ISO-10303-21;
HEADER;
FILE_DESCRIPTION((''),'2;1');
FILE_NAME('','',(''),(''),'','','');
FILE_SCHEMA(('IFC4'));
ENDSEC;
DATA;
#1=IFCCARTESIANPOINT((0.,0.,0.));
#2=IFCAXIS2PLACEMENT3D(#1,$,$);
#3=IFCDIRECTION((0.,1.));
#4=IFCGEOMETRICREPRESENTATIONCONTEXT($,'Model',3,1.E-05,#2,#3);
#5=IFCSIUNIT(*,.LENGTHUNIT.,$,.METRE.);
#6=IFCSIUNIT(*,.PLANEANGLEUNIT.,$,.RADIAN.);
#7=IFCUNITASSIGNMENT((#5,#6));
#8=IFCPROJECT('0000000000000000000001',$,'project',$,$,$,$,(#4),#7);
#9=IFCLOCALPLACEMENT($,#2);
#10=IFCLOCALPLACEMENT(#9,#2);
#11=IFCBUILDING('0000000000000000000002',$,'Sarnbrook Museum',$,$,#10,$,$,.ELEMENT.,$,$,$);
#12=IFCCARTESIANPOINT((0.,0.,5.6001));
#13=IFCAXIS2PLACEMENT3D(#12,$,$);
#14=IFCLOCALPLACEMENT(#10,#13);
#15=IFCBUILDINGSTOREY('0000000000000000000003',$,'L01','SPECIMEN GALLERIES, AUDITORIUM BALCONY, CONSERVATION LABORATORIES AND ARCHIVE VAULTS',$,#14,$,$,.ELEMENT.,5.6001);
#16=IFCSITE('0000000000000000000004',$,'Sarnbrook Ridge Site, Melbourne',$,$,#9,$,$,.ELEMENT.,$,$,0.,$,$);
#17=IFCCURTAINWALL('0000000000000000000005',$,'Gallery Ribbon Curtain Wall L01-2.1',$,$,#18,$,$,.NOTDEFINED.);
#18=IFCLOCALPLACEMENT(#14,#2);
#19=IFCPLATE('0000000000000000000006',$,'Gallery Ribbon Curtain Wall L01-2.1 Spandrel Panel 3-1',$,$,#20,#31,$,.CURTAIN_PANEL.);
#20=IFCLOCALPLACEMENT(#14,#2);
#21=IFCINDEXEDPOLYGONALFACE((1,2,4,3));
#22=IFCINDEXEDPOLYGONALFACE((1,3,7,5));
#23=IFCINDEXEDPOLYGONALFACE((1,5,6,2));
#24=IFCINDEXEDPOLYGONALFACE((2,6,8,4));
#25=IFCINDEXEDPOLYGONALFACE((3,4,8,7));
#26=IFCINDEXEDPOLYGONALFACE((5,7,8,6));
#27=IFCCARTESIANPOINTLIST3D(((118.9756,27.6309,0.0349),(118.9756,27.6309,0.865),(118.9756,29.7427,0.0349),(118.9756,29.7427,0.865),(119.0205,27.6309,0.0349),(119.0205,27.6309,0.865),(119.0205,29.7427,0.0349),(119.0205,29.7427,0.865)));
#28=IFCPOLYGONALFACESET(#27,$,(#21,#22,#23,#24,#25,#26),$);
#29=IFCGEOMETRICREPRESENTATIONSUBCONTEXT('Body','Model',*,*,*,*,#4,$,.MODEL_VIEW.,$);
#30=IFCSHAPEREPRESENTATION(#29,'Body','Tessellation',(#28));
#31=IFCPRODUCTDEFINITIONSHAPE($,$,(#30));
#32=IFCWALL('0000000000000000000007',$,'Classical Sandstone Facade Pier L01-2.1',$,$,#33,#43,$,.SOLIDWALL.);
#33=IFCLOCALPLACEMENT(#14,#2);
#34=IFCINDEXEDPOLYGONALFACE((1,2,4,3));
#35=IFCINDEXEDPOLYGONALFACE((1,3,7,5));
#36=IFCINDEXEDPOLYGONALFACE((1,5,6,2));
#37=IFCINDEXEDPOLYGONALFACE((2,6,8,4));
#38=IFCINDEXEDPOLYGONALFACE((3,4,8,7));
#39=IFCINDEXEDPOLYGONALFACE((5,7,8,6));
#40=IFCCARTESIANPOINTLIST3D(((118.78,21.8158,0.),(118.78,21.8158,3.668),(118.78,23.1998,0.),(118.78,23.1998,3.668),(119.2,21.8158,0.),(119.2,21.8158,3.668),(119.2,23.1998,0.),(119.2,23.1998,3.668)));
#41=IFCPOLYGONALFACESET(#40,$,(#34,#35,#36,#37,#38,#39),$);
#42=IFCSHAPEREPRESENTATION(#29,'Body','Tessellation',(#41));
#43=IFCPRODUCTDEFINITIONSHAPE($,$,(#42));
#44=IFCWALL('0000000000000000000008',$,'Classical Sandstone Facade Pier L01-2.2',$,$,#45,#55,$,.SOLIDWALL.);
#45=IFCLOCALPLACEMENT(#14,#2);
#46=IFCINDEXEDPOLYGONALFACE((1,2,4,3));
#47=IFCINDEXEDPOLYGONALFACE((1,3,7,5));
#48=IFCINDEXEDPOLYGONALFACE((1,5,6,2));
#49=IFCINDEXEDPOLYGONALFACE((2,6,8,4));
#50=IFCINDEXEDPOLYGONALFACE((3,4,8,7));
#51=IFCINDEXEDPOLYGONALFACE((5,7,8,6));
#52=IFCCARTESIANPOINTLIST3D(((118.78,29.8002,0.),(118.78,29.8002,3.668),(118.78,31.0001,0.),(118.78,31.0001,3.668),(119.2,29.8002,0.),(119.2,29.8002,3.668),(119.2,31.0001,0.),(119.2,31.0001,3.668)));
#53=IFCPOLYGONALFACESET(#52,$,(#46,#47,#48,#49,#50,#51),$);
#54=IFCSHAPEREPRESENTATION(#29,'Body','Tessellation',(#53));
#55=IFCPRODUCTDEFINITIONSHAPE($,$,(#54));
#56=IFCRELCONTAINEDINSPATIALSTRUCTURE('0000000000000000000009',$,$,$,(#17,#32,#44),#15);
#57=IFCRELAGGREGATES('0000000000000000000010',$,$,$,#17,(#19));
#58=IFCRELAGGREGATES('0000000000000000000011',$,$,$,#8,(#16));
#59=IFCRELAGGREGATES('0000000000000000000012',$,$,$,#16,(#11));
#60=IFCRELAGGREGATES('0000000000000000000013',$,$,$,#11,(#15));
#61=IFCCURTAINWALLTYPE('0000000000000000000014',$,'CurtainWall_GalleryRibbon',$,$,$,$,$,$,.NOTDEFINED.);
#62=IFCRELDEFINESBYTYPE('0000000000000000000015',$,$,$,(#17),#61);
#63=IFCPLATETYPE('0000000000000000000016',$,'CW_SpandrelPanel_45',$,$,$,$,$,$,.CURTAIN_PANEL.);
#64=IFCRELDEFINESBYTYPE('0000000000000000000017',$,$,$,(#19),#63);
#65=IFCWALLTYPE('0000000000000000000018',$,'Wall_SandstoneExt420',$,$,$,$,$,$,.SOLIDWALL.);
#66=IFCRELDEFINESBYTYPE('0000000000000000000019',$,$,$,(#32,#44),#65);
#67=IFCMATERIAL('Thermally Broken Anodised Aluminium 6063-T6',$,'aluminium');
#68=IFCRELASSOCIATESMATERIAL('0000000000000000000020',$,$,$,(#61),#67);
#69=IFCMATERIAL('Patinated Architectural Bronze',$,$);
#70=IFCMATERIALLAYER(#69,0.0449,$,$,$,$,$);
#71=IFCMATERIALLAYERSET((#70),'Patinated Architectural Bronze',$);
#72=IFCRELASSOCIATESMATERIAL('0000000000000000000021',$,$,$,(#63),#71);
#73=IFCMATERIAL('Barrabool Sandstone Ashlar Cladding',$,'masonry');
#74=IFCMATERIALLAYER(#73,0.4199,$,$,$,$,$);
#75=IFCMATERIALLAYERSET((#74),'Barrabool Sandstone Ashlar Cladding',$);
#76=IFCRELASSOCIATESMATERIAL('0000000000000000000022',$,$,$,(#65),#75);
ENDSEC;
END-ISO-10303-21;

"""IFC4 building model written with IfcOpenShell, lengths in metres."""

from ifc_helpers import new_model, si_unit, direction, frame, frame_2d, origin, origin_2d, place, context, subcontext, project, spatial, rectangle, extrude, material, layer, layer_set, type_object, element, aggregate, save


model = new_model("IFC4")

# Units and contexts
model_context = context("Model", 3, precision=1e-05, world=origin(), true_north=direction((0.0, 1.0)))
body_context = subcontext(model_context, "Body", "Model", "MODEL_VIEW")
ifc_project = project(units=[si_unit("LENGTHUNIT", "METRE"), si_unit("PLANEANGLEUNIT", "RADIAN")], contexts=[model_context])

# Site, building, storey
site_placement = place(None, origin())
site = spatial("IfcSite", under=ifc_project, at=site_placement, Name="Sarnbrook Ridge Site, Melbourne", CompositionType="ELEMENT", RefElevation=0.0)
building_placement = place(site_placement, origin())
building = spatial("IfcBuilding", under=site, at=building_placement, Name="Sarnbrook Museum", CompositionType="ELEMENT")
storey_placement = place(building_placement, frame((0.0, 0.0, 5.6001)))
storey = spatial("IfcBuildingStorey", under=building, at=storey_placement, Name="L01", Description="SPECIMEN GALLERIES, AUDITORIUM BALCONY, CONSERVATION LABORATORIES AND ARCHIVE VAULTS", CompositionType="ELEMENT", Elevation=5.6001)

# Curtain wall
ifc_material_1 = material(Name="Thermally Broken Anodised Aluminium 6063-T6", Category="aluminium")
curtain_wall_type = type_object("IfcCurtainWallType", Name="CurtainWall_GalleryRibbon", PredefinedType="NOTDEFINED", material=ifc_material_1)
curtain_wall_placement = place(storey_placement, origin())
curtain_wall = element("IfcCurtainWall", 1, at=curtain_wall_placement, inside=storey, type_object=curtain_wall_type, Name="Gallery Ribbon Curtain Wall L01-2.1", PredefinedType="NOTDEFINED")

# Plate
ifc_material_2 = material(Name="Patinated Architectural Bronze")
ifc_layer_1 = layer(ifc_material_2, 0.0449)
ifc_layer_set_1 = layer_set([ifc_layer_1], Name="Patinated Architectural Bronze")
plate_type_1 = type_object("IfcPlateType", Name="CW_SpandrelPanel_45", PredefinedType="CURTAIN_PANEL", material=ifc_layer_set_1)
plate_1_placement = place(storey_placement, frame((118.9756, 28.6868, 0.45), z_axis=(1.0, 0.0, 0.0), x_axis=(0.0, 1.0, 0.0)))
plate_1 = element("IfcPlate", 2, at=plate_1_placement, type_object=plate_type_1, Name="Gallery Ribbon Curtain Wall L01-2.1 Spandrel Panel 3-1", PredefinedType="CURTAIN_PANEL", context=body_context, shape_type="SweptSolid", body=[
    extrude(rectangle(XDim=2.1118, YDim=0.8301, at=origin_2d()), origin(), (0.0, 0.0, 1.0), 0.0449),
])
aggregate(curtain_wall, [plate_1])

# Walls
ifc_material_3 = material(Name="Barrabool Sandstone Ashlar Cladding", Category="masonry")
ifc_layer_2 = layer(ifc_material_3, 0.4199)
ifc_layer_set_2 = layer_set([ifc_layer_2], Name="Barrabool Sandstone Ashlar Cladding")
wall_type = type_object("IfcWallType", Name="Wall_SandstoneExt420", PredefinedType="SOLIDWALL", material=ifc_layer_set_2)
wall_1_placement = place(storey_placement, frame((118.99, 21.8159, 0.0), z_axis=(0.0, 0.0, 1.0), x_axis=(0.0, 1.0, 0.0)))
element("IfcWall", 3, at=wall_1_placement, inside=storey, type_object=wall_type, Name="Classical Sandstone Facade Pier L01-2.1", PredefinedType="SOLIDWALL", context=body_context, shape_type="SweptSolid", body=[
    extrude(rectangle(XDim=1.384, YDim=0.4199, at=frame_2d((0.6919, 0.0))), origin(), (0.0, 0.0, 1.0), 3.668),
])
wall_2_placement = place(storey_placement, frame((118.99, 29.8, 0.0), z_axis=(0.0, 0.0, 1.0), x_axis=(0.0, 1.0, 0.0)))
element("IfcWall", 4, at=wall_2_placement, inside=storey, type_object=wall_type, Name="Classical Sandstone Facade Pier L01-2.2", PredefinedType="SOLIDWALL", context=body_context, shape_type="SweptSolid", body=[
    extrude(rectangle(XDim=1.2, YDim=0.4199, at=frame_2d((0.6001, 0.0))), origin(), (0.0, 0.0, 1.0), 3.668),
])

save(model, "model.ifc")
